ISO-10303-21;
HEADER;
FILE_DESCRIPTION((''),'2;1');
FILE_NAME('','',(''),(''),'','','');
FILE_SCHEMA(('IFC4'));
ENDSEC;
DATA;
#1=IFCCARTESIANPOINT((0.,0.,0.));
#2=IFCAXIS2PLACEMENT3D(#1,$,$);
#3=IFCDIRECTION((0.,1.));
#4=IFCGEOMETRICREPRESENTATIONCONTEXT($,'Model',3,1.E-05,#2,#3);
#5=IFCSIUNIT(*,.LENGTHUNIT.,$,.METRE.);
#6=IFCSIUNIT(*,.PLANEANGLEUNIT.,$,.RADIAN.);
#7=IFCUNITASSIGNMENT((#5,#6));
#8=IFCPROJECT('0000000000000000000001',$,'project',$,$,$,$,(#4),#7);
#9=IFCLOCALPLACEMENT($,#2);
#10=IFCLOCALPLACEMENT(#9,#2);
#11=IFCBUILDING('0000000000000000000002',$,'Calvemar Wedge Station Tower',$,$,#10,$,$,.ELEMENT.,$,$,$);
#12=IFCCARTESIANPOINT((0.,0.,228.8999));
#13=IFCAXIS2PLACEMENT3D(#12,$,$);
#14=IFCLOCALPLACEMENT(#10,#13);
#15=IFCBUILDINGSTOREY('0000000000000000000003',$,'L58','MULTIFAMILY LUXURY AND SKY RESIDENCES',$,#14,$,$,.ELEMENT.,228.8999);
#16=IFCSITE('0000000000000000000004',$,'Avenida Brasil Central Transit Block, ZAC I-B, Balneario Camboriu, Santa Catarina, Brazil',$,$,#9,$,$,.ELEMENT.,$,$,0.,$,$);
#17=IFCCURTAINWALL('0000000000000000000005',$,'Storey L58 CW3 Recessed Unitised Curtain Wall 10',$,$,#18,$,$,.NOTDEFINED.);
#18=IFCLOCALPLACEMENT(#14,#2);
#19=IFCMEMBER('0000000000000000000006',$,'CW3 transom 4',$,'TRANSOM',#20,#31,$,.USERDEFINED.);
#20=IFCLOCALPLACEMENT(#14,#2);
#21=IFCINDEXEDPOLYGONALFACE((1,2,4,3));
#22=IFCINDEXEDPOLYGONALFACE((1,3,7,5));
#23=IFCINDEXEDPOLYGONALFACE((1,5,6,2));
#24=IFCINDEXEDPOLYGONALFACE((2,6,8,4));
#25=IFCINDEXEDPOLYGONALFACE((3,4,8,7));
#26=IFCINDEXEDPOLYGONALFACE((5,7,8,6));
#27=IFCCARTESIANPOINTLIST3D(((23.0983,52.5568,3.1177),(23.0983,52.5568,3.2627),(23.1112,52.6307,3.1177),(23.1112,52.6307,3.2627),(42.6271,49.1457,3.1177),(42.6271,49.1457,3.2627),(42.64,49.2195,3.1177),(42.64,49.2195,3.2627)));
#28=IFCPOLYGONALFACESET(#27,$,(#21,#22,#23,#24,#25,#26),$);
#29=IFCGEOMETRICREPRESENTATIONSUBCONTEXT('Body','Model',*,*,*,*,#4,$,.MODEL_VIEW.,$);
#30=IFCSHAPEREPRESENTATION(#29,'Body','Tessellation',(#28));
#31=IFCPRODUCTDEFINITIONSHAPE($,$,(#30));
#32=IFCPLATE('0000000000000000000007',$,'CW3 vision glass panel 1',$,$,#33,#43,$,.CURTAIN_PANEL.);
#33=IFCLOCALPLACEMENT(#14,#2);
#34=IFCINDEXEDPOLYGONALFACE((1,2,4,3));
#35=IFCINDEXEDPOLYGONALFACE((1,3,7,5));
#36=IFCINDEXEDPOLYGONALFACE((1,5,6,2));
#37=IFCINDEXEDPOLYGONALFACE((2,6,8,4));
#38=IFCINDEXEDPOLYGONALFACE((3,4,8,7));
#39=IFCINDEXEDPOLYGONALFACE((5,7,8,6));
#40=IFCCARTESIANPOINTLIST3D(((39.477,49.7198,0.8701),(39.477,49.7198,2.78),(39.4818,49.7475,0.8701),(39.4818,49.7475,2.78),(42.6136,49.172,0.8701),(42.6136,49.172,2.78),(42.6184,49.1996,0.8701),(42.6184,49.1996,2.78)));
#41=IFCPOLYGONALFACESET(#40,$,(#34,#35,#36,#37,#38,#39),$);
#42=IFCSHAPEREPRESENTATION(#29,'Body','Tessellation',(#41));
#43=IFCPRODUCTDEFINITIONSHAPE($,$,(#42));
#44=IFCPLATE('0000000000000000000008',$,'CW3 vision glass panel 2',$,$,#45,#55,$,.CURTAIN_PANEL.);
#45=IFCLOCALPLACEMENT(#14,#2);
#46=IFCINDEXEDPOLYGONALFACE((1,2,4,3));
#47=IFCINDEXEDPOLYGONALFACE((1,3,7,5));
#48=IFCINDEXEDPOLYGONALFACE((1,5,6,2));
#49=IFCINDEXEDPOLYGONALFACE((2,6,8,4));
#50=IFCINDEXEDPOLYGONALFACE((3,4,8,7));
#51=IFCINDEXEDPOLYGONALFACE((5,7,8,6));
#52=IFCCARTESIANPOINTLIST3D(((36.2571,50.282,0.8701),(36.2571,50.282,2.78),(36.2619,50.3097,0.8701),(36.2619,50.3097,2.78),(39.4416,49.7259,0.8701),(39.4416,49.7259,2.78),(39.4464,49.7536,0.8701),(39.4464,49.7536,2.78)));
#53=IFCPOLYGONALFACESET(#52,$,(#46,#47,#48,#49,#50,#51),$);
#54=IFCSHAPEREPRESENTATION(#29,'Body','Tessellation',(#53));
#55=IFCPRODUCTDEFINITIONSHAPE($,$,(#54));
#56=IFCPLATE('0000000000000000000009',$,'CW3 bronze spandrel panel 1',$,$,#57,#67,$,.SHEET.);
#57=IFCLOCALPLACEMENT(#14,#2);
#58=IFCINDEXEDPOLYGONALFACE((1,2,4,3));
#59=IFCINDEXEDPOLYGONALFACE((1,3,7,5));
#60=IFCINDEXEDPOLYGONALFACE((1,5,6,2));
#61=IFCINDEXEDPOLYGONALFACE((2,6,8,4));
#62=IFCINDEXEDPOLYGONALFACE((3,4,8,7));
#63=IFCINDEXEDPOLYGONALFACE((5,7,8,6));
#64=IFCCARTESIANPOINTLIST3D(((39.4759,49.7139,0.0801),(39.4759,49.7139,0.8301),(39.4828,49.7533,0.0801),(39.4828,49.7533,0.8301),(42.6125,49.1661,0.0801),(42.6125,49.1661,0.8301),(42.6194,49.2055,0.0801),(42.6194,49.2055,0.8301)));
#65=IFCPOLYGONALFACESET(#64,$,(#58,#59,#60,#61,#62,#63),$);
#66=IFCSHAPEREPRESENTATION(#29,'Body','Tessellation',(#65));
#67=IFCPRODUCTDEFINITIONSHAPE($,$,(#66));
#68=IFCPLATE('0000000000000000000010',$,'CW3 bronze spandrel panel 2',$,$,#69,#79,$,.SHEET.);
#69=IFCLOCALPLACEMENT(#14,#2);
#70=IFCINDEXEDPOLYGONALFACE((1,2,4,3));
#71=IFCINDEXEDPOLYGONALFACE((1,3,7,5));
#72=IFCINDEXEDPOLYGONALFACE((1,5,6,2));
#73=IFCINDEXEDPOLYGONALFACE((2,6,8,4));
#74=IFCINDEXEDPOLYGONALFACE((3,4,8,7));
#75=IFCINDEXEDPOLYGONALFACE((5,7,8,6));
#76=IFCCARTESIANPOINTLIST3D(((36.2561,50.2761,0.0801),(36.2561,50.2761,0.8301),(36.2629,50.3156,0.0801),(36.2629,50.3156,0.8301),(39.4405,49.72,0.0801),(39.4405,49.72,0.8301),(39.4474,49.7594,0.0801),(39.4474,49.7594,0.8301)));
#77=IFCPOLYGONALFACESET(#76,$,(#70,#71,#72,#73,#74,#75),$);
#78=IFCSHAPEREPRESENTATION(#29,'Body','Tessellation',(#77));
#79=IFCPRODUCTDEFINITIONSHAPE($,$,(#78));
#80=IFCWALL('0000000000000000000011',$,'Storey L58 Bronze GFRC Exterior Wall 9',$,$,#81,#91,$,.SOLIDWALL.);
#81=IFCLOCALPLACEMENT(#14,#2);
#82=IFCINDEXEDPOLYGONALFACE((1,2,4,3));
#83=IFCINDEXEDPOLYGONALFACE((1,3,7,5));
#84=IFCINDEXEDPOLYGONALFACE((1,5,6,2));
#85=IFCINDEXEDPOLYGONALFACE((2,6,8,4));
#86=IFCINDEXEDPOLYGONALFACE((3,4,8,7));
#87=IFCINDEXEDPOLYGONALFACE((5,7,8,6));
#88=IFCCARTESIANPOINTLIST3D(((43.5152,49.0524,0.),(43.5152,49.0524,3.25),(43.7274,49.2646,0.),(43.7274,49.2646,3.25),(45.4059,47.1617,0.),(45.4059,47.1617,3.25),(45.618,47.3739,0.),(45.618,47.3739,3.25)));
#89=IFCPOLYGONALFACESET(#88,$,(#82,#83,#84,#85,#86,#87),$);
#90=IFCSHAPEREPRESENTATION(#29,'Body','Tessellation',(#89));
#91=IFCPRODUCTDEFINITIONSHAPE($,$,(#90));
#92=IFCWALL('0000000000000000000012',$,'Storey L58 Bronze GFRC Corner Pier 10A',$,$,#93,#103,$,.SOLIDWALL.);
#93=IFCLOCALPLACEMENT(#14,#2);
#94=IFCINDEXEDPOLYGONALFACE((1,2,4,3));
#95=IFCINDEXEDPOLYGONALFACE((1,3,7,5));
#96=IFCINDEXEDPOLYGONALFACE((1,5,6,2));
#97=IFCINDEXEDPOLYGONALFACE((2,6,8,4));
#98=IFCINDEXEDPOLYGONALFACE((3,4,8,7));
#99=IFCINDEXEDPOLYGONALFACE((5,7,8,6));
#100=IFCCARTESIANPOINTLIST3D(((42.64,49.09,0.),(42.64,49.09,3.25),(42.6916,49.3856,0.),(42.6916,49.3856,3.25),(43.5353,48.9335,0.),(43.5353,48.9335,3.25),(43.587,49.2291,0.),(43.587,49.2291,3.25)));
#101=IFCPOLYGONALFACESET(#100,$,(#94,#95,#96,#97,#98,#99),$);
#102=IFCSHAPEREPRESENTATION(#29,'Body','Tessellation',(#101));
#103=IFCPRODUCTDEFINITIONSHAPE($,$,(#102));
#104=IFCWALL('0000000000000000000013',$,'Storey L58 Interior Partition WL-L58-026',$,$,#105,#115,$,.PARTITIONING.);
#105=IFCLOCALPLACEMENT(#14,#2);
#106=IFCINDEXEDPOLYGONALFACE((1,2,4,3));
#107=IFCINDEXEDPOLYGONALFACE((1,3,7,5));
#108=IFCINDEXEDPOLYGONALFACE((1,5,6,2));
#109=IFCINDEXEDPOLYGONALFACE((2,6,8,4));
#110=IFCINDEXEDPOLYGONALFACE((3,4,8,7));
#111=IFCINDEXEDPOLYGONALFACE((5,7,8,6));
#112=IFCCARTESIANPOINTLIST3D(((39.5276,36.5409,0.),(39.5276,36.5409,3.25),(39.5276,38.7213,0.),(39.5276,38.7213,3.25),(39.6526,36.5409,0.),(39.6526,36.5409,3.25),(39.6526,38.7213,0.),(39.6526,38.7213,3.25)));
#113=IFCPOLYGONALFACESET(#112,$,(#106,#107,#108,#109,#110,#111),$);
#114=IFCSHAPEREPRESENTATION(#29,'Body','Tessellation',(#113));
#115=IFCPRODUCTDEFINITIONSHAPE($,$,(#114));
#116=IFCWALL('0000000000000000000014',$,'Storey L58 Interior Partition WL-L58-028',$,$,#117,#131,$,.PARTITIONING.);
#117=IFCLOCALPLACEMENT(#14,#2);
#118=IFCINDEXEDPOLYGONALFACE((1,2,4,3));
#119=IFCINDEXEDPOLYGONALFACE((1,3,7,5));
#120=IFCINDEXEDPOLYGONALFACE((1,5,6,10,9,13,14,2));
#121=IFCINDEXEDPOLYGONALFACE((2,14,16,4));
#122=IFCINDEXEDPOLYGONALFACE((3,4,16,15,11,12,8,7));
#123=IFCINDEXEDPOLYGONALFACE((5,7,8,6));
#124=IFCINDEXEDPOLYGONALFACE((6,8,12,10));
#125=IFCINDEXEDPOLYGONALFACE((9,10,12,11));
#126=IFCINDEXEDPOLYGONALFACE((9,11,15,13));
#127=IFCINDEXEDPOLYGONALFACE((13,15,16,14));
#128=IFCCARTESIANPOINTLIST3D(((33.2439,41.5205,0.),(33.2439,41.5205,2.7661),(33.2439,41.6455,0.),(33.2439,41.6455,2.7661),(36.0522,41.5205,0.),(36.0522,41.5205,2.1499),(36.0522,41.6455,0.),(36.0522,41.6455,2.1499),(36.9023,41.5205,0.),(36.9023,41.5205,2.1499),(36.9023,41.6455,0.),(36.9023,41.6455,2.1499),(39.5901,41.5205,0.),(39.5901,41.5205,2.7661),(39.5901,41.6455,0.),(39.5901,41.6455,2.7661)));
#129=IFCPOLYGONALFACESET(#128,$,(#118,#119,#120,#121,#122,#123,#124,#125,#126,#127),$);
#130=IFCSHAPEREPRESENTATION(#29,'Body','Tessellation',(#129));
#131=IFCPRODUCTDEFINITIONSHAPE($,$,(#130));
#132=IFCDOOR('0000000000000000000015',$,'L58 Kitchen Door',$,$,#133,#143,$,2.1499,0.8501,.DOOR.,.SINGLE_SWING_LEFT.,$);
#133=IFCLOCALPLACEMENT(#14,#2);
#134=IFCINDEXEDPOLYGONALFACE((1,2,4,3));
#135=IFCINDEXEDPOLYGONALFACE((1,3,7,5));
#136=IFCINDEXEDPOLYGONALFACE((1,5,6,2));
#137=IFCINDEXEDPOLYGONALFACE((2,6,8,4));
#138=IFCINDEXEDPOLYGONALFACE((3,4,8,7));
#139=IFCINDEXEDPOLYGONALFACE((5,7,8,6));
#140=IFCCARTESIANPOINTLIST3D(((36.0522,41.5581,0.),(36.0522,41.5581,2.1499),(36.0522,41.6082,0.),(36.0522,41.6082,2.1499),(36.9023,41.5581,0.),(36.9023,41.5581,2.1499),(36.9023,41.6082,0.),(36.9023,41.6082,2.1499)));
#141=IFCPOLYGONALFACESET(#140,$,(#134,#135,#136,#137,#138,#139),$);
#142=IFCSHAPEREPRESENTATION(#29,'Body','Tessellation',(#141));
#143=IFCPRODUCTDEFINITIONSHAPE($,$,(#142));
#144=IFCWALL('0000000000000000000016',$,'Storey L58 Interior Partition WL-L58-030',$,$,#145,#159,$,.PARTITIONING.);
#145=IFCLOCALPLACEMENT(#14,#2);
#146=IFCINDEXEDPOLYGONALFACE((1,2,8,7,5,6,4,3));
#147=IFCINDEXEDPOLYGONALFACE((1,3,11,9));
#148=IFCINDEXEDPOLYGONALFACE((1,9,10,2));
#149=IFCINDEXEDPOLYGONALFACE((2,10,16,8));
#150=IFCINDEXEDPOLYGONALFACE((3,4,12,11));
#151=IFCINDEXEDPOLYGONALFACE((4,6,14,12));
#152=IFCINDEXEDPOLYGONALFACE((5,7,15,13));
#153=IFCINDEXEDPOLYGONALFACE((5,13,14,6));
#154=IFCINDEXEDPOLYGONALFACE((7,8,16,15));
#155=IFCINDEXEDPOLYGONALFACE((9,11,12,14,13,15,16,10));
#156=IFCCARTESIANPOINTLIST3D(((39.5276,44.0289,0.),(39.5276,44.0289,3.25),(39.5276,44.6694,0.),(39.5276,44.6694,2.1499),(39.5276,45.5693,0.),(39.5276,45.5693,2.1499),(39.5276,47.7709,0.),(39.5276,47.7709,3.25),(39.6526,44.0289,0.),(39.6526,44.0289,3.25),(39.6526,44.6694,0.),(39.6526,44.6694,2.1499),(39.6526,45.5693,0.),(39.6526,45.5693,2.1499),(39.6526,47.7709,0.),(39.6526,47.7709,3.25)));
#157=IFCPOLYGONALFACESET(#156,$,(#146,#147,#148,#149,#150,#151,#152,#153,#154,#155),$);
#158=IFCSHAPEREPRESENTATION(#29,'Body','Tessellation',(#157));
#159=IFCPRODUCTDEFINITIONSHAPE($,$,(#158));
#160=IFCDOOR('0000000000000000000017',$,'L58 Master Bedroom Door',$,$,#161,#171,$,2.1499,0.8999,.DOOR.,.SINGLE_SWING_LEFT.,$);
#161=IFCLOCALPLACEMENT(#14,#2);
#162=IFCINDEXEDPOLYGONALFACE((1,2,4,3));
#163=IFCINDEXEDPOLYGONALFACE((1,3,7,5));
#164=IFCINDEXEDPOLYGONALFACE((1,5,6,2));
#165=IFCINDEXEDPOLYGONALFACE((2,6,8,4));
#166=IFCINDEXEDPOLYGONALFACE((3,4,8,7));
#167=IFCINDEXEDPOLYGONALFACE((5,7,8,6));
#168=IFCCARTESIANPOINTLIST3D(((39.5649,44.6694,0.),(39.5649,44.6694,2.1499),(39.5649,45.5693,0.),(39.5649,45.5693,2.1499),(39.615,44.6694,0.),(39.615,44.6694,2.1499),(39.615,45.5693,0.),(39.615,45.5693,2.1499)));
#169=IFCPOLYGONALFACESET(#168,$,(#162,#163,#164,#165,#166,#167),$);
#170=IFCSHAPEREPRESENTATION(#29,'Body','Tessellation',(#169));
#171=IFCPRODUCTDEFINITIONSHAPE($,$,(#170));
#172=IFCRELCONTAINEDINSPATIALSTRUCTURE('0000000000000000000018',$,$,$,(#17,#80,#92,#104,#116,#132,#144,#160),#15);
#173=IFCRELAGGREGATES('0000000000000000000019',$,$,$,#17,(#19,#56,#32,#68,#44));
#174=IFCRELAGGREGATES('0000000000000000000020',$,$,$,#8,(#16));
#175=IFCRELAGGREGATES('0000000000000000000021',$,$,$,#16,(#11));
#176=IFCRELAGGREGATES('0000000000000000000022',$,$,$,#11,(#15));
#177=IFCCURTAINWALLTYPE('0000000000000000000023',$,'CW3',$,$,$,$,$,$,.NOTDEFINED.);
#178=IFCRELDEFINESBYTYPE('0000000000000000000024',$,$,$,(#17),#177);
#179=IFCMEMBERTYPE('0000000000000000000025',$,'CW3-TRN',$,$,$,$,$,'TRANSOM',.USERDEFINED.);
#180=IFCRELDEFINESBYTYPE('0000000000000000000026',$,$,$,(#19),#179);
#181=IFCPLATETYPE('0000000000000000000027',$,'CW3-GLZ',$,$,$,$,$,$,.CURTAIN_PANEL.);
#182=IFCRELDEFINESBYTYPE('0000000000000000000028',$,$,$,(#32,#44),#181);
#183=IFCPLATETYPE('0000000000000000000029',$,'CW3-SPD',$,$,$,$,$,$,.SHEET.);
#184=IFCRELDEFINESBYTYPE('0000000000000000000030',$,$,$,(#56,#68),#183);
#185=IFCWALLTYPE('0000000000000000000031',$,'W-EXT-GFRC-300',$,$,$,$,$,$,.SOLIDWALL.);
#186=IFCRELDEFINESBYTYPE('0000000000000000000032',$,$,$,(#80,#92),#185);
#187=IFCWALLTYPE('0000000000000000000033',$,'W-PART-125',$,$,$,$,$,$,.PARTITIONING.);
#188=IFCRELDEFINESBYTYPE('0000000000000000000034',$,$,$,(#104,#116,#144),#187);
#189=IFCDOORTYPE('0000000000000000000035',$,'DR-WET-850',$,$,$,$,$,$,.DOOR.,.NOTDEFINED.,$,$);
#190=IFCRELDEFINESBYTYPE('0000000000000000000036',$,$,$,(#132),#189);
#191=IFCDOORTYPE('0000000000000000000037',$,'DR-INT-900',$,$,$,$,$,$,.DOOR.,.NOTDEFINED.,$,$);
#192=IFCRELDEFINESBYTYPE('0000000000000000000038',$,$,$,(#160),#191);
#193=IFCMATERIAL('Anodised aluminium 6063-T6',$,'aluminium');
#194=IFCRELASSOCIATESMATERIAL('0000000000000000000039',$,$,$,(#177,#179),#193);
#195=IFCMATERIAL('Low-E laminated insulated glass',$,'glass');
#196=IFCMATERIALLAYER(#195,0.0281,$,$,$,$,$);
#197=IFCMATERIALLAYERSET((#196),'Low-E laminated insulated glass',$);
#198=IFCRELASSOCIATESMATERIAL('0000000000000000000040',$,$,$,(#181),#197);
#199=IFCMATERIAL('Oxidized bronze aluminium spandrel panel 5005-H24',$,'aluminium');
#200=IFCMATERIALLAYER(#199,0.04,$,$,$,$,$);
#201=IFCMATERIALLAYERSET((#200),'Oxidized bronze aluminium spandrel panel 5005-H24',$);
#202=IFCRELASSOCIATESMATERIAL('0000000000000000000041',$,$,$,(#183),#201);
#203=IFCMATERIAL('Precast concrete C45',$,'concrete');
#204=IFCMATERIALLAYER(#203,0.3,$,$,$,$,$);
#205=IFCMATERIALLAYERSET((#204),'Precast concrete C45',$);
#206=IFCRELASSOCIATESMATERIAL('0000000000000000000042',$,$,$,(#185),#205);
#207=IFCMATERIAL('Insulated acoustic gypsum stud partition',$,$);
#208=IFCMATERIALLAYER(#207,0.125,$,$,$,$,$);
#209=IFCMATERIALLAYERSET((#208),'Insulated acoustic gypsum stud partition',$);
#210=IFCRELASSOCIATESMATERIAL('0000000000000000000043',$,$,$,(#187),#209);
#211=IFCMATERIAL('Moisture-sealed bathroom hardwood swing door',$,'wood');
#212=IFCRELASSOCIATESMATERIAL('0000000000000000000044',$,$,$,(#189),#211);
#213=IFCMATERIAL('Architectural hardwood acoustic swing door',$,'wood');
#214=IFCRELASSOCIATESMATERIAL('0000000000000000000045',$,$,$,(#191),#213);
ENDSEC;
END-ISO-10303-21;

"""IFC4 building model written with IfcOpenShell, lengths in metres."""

from ifc_helpers import new_model, si_unit, direction, frame, frame_2d, origin, origin_2d, place, context, subcontext, project, spatial, rectangle, extrude, source, transform, mapped, material, layer, layer_set, material_profile, profile_set, type_object, element, fill, aggregate, save


model = new_model("IFC4")

# Units and contexts
model_context = context("Model", 3, precision=1e-05, world=origin(), true_north=direction((0.0, 1.0)))
body_context = subcontext(model_context, "Body", "Model", "MODEL_VIEW")
ifc_project = project(units=[si_unit("LENGTHUNIT", "METRE"), si_unit("PLANEANGLEUNIT", "RADIAN")], contexts=[model_context])

# Site, building, storey
site_placement = place(None, origin())
site = spatial("IfcSite", under=ifc_project, at=site_placement, Name="Avenida Brasil Central Transit Block, ZAC I-B, Balneario Camboriu, Santa Catarina, Brazil", CompositionType="ELEMENT", RefElevation=0.0)
building_placement = place(site_placement, origin())
building = spatial("IfcBuilding", under=site, at=building_placement, Name="Calvemar Wedge Station Tower", CompositionType="ELEMENT")
storey_placement = place(building_placement, frame((0.0, 0.0, 228.8999)))
storey = spatial("IfcBuildingStorey", under=building, at=storey_placement, Name="L58", Description="MULTIFAMILY LUXURY AND SKY RESIDENCES", CompositionType="ELEMENT", Elevation=228.8999)

# Curtain wall, member, plates
ifc_material_1 = material(Name="Anodised aluminium 6063-T6", Category="aluminium")
curtain_wall_type = type_object("IfcCurtainWallType", Name="CW3", PredefinedType="NOTDEFINED", material=ifc_material_1)
curtain_wall_placement = place(storey_placement, origin())
curtain_wall = element("IfcCurtainWall", 1, at=curtain_wall_placement, inside=storey, type_object=curtain_wall_type, Name="Storey L58 CW3 Recessed Unitised Curtain Wall 10", PredefinedType="NOTDEFINED")
ifc_material_profile_1 = material_profile(ifc_material_1, rectangle(XDim=0.075, YDim=0.145, at=origin_2d()), Name="AL-TRN-75x145")
ifc_profile_set_1 = profile_set([ifc_material_profile_1], Name="Anodised aluminium 6063-T6")
member_type_1 = type_object("IfcMemberType", Name="CW3-TRN", ElementType="TRANSOM", PredefinedType="USERDEFINED", material=ifc_profile_set_1)
shared_shape_1 = source(origin(), body_context, "Body", "SweptSolid", [
    extrude(rectangle(XDim=0.075, YDim=0.145, at=origin_2d()), origin(), (0.0, 0.0, 1.0), 19.8245),
])
member_1_placement = place(storey_placement, frame((42.6335, 49.1826, 3.1902), z_axis=(-0.985085, 0.172067, 0.0), x_axis=(-0.172067, -0.985085, 0.0)))
member_1 = element("IfcMember", 2, at=member_1_placement, type_object=member_type_1, Name="CW3 transom 4", ObjectType="TRANSOM", PredefinedType="USERDEFINED", context=body_context, shape_type="MappedRepresentation", body=[
    mapped(shared_shape_1, transform((0.0, 0.0, 0.0), scale=1.0)),
])
ifc_material_2 = material(Name="Low-E laminated insulated glass", Category="glass")
ifc_layer_1 = layer(ifc_material_2, 0.0281)
ifc_layer_set_1 = layer_set([ifc_layer_1], Name="Low-E laminated insulated glass")
plate_type_1 = type_object("IfcPlateType", Name="CW3-GLZ", PredefinedType="CURTAIN_PANEL", material=ifc_layer_set_1)
plate_1_placement = place(storey_placement, frame((42.616, 49.1858, 0.8701), z_axis=(0.0, 0.0, 1.0), x_axis=(-0.985088, 0.172053, 0.0)))
plate_1 = element("IfcPlate", 3, at=plate_1_placement, type_object=plate_type_1, Name="CW3 vision glass panel 1", PredefinedType="CURTAIN_PANEL", context=body_context, shape_type="SweptSolid", body=[
    extrude(rectangle(XDim=3.1841, YDim=0.0281, at=frame_2d((1.592, 0.0))), origin(), (0.0, 0.0, 1.0), 1.9099),
])
plate_2_placement = place(storey_placement, frame((39.4438, 49.7397, 0.8701), z_axis=(0.0, 0.0, 1.0), x_axis=(-0.985091, 0.172036, 0.0)))
plate_2 = element("IfcPlate", 4, at=plate_2_placement, type_object=plate_type_1, Name="CW3 vision glass panel 2", PredefinedType="CURTAIN_PANEL", context=body_context, shape_type="SweptSolid", body=[
    extrude(rectangle(XDim=3.2327, YDim=0.0281, at=frame_2d((1.6162, 0.0))), origin(), (0.0, 0.0, 1.0), 1.9099),
])
ifc_material_3 = material(Name="Oxidized bronze aluminium spandrel panel 5005-H24", Category="aluminium")
ifc_layer_2 = layer(ifc_material_3, 0.04)
ifc_layer_set_2 = layer_set([ifc_layer_2], Name="Oxidized bronze aluminium spandrel panel 5005-H24")
plate_type_2 = type_object("IfcPlateType", Name="CW3-SPD", PredefinedType="SHEET", material=ifc_layer_set_2)
plate_3_placement = place(storey_placement, frame((42.616, 49.1858, 0.0801), z_axis=(0.0, 0.0, 1.0), x_axis=(-0.985088, 0.172053, 0.0)))
plate_3 = element("IfcPlate", 5, at=plate_3_placement, type_object=plate_type_2, Name="CW3 bronze spandrel panel 1", PredefinedType="SHEET", context=body_context, shape_type="SweptSolid", body=[
    extrude(rectangle(XDim=3.1841, YDim=0.04, at=frame_2d((1.592, 0.0))), origin(), (0.0, 0.0, 1.0), 0.75),
])
plate_4_placement = place(storey_placement, frame((39.4438, 49.7397, 0.0801), z_axis=(0.0, 0.0, 1.0), x_axis=(-0.985091, 0.172036, 0.0)))
plate_4 = element("IfcPlate", 6, at=plate_4_placement, type_object=plate_type_2, Name="CW3 bronze spandrel panel 2", PredefinedType="SHEET", context=body_context, shape_type="SweptSolid", body=[
    extrude(rectangle(XDim=3.2327, YDim=0.04, at=frame_2d((1.6162, 0.0))), origin(), (0.0, 0.0, 1.0), 0.75),
])
aggregate(curtain_wall, [member_1, plate_3, plate_1, plate_4, plate_2])

# Walls
ifc_material_4 = material(Name="Precast concrete C45", Category="concrete")
ifc_layer_3 = layer(ifc_material_4, 0.3)
ifc_layer_set_3 = layer_set([ifc_layer_3], Name="Precast concrete C45")
wall_type_1 = type_object("IfcWallType", Name="W-EXT-GFRC-300", PredefinedType="SOLIDWALL", material=ifc_layer_set_3)
wall_1_placement = place(storey_placement, frame((45.512, 47.2678, 0.0), z_axis=(0.0, 0.0, 1.0), x_axis=(-0.707107, 0.707107, 0.0)))
element("IfcWall", 7, at=wall_1_placement, inside=storey, type_object=wall_type_1, Name="Storey L58 Bronze GFRC Exterior Wall 9", PredefinedType="SOLIDWALL", context=body_context, shape_type="SweptSolid", body=[
    extrude(rectangle(XDim=2.6738, YDim=0.3, at=frame_2d((1.3369, 0.0))), origin(), (0.0, 0.0, 1.0), 3.25),
])
wall_2_placement = place(storey_placement, frame((43.5613, 49.0813, 0.0), z_axis=(0.0, 0.0, 1.0), x_axis=(-0.985064, 0.172191, 0.0)))
element("IfcWall", 8, at=wall_2_placement, inside=storey, type_object=wall_type_1, Name="Storey L58 Bronze GFRC Corner Pier 10A", PredefinedType="SOLIDWALL", context=body_context, shape_type="SweptSolid", body=[
    extrude(rectangle(XDim=0.9089, YDim=0.3, at=frame_2d((0.4546, 0.0))), origin(), (0.0, 0.0, 1.0), 3.25),
])
ifc_material_5 = material(Name="Insulated acoustic gypsum stud partition")
ifc_layer_4 = layer(ifc_material_5, 0.125)
ifc_layer_set_4 = layer_set([ifc_layer_4], Name="Insulated acoustic gypsum stud partition")
wall_type_2 = type_object("IfcWallType", Name="W-PART-125", PredefinedType="PARTITIONING", material=ifc_layer_set_4)
wall_3_placement = place(storey_placement, frame((39.5901, 38.7214, 0.0), z_axis=(0.0, 0.0, 1.0), x_axis=(0.0, -1.0, 0.0)))
element("IfcWall", 9, at=wall_3_placement, inside=storey, type_object=wall_type_2, Name="Storey L58 Interior Partition WL-L58-026", PredefinedType="PARTITIONING", context=body_context, shape_type="SweptSolid", body=[
    extrude(rectangle(XDim=2.1804, YDim=0.125, at=frame_2d((1.0903, 0.0))), origin(), (0.0, 0.0, 1.0), 3.25),
])

# Walls, openings, doors
wall_4_placement = place(storey_placement, frame((39.5901, 41.583, 0.0), z_axis=(0.0, 0.0, 1.0), x_axis=(-1.0, 0.0, 0.0)))
wall_4 = element("IfcWall", 10, at=wall_4_placement, inside=storey, type_object=wall_type_2, Name="Storey L58 Interior Partition WL-L58-028", PredefinedType="PARTITIONING", context=body_context, shape_type="SweptSolid", body=[
    extrude(rectangle(XDim=6.3462, YDim=0.125, at=frame_2d((3.1731, 0.0))), origin(), (0.0, 0.0, 1.0), 2.7661),
])
shared_shape_2 = source(origin(), body_context, "Body", "SweptSolid", [
    extrude(rectangle(XDim=0.8501, YDim=2.1499, at=frame_2d((0.425, 1.075))), frame((0.0, 0.0725, 0.0), z_axis=(0.0, -1.0, 0.0), x_axis=(1.0, 0.0, 0.0)), (0.0, 0.0, 1.0), 0.145),
])
opening_1_placement = place(wall_4_placement, frame((2.6877, 0.0, 0.0)))
opening_1 = element("IfcOpeningElement", 11, at=opening_1_placement, cuts=wall_4, PredefinedType="OPENING", context=body_context, shape_type="MappedRepresentation", body=[
    mapped(shared_shape_2, transform((0.0, 0.0, 0.0), scale=1.0)),
])
ifc_material_6 = material(Name="Moisture-sealed bathroom hardwood swing door", Category="wood")
door_type_1 = type_object("IfcDoorType", Name="DR-WET-850", OperationType="NOTDEFINED", PredefinedType="DOOR", material=ifc_material_6)
shared_shape_3 = source(origin(), body_context, "Body", "SweptSolid", [
    extrude(rectangle(XDim=0.8501, YDim=2.1499, at=frame_2d((0.425, 1.075))), frame((0.0, 0.0249, 0.0), z_axis=(0.0, -1.0, 0.0), x_axis=(1.0, 0.0, 0.0)), (0.0, 0.0, 1.0), 0.05),
])
door_1_placement = place(opening_1_placement, origin())
door_1 = element("IfcDoor", 12, at=door_1_placement, inside=storey, type_object=door_type_1, Name="L58 Kitchen Door", OperationType="SINGLE_SWING_LEFT", OverallHeight=2.1499, OverallWidth=0.8501, PredefinedType="DOOR", context=body_context, shape_type="MappedRepresentation", body=[
    mapped(shared_shape_3, transform((0.0, 0.0, 0.0), scale=1.0)),
])
fill(opening_1, door_1)
wall_5_placement = place(storey_placement, frame((39.5901, 47.771, 0.0), z_axis=(0.0, 0.0, 1.0), x_axis=(0.0, -1.0, 0.0)))
wall_5 = element("IfcWall", 13, at=wall_5_placement, inside=storey, type_object=wall_type_2, Name="Storey L58 Interior Partition WL-L58-030", PredefinedType="PARTITIONING", context=body_context, shape_type="SweptSolid", body=[
    extrude(rectangle(XDim=3.7419, YDim=0.125, at=frame_2d((1.8711, 0.0))), origin(), (0.0, 0.0, 1.0), 3.25),
])
shared_shape_4 = source(origin(), body_context, "Body", "SweptSolid", [
    extrude(rectangle(XDim=0.8999, YDim=2.1499, at=frame_2d((0.45, 1.075))), frame((0.0, 0.0725, 0.0), z_axis=(0.0, -1.0, 0.0), x_axis=(1.0, 0.0, 0.0)), (0.0, 0.0, 1.0), 0.145),
])
opening_2_placement = place(wall_5_placement, frame((2.2017, 0.0, 0.0)))
opening_2 = element("IfcOpeningElement", 14, at=opening_2_placement, cuts=wall_5, PredefinedType="OPENING", context=body_context, shape_type="MappedRepresentation", body=[
    mapped(shared_shape_4, transform((0.0, 0.0, 0.0), scale=1.0)),
])
ifc_material_7 = material(Name="Architectural hardwood acoustic swing door", Category="wood")
door_type_2 = type_object("IfcDoorType", Name="DR-INT-900", OperationType="NOTDEFINED", PredefinedType="DOOR", material=ifc_material_7)
shared_shape_5 = source(origin(), body_context, "Body", "SweptSolid", [
    extrude(rectangle(XDim=0.8999, YDim=2.1499, at=frame_2d((0.45, 1.075))), frame((0.0, 0.0249, 0.0), z_axis=(0.0, -1.0, 0.0), x_axis=(1.0, 0.0, 0.0)), (0.0, 0.0, 1.0), 0.05),
])
door_2_placement = place(opening_2_placement, origin())
door_2 = element("IfcDoor", 15, at=door_2_placement, inside=storey, type_object=door_type_2, Name="L58 Master Bedroom Door", OperationType="SINGLE_SWING_LEFT", OverallHeight=2.1499, OverallWidth=0.8999, PredefinedType="DOOR", context=body_context, shape_type="MappedRepresentation", body=[
    mapped(shared_shape_5, transform((0.0, 0.0, 0.0), scale=1.0)),
])
fill(opening_2, door_2)

save(model, "model.ifc")
